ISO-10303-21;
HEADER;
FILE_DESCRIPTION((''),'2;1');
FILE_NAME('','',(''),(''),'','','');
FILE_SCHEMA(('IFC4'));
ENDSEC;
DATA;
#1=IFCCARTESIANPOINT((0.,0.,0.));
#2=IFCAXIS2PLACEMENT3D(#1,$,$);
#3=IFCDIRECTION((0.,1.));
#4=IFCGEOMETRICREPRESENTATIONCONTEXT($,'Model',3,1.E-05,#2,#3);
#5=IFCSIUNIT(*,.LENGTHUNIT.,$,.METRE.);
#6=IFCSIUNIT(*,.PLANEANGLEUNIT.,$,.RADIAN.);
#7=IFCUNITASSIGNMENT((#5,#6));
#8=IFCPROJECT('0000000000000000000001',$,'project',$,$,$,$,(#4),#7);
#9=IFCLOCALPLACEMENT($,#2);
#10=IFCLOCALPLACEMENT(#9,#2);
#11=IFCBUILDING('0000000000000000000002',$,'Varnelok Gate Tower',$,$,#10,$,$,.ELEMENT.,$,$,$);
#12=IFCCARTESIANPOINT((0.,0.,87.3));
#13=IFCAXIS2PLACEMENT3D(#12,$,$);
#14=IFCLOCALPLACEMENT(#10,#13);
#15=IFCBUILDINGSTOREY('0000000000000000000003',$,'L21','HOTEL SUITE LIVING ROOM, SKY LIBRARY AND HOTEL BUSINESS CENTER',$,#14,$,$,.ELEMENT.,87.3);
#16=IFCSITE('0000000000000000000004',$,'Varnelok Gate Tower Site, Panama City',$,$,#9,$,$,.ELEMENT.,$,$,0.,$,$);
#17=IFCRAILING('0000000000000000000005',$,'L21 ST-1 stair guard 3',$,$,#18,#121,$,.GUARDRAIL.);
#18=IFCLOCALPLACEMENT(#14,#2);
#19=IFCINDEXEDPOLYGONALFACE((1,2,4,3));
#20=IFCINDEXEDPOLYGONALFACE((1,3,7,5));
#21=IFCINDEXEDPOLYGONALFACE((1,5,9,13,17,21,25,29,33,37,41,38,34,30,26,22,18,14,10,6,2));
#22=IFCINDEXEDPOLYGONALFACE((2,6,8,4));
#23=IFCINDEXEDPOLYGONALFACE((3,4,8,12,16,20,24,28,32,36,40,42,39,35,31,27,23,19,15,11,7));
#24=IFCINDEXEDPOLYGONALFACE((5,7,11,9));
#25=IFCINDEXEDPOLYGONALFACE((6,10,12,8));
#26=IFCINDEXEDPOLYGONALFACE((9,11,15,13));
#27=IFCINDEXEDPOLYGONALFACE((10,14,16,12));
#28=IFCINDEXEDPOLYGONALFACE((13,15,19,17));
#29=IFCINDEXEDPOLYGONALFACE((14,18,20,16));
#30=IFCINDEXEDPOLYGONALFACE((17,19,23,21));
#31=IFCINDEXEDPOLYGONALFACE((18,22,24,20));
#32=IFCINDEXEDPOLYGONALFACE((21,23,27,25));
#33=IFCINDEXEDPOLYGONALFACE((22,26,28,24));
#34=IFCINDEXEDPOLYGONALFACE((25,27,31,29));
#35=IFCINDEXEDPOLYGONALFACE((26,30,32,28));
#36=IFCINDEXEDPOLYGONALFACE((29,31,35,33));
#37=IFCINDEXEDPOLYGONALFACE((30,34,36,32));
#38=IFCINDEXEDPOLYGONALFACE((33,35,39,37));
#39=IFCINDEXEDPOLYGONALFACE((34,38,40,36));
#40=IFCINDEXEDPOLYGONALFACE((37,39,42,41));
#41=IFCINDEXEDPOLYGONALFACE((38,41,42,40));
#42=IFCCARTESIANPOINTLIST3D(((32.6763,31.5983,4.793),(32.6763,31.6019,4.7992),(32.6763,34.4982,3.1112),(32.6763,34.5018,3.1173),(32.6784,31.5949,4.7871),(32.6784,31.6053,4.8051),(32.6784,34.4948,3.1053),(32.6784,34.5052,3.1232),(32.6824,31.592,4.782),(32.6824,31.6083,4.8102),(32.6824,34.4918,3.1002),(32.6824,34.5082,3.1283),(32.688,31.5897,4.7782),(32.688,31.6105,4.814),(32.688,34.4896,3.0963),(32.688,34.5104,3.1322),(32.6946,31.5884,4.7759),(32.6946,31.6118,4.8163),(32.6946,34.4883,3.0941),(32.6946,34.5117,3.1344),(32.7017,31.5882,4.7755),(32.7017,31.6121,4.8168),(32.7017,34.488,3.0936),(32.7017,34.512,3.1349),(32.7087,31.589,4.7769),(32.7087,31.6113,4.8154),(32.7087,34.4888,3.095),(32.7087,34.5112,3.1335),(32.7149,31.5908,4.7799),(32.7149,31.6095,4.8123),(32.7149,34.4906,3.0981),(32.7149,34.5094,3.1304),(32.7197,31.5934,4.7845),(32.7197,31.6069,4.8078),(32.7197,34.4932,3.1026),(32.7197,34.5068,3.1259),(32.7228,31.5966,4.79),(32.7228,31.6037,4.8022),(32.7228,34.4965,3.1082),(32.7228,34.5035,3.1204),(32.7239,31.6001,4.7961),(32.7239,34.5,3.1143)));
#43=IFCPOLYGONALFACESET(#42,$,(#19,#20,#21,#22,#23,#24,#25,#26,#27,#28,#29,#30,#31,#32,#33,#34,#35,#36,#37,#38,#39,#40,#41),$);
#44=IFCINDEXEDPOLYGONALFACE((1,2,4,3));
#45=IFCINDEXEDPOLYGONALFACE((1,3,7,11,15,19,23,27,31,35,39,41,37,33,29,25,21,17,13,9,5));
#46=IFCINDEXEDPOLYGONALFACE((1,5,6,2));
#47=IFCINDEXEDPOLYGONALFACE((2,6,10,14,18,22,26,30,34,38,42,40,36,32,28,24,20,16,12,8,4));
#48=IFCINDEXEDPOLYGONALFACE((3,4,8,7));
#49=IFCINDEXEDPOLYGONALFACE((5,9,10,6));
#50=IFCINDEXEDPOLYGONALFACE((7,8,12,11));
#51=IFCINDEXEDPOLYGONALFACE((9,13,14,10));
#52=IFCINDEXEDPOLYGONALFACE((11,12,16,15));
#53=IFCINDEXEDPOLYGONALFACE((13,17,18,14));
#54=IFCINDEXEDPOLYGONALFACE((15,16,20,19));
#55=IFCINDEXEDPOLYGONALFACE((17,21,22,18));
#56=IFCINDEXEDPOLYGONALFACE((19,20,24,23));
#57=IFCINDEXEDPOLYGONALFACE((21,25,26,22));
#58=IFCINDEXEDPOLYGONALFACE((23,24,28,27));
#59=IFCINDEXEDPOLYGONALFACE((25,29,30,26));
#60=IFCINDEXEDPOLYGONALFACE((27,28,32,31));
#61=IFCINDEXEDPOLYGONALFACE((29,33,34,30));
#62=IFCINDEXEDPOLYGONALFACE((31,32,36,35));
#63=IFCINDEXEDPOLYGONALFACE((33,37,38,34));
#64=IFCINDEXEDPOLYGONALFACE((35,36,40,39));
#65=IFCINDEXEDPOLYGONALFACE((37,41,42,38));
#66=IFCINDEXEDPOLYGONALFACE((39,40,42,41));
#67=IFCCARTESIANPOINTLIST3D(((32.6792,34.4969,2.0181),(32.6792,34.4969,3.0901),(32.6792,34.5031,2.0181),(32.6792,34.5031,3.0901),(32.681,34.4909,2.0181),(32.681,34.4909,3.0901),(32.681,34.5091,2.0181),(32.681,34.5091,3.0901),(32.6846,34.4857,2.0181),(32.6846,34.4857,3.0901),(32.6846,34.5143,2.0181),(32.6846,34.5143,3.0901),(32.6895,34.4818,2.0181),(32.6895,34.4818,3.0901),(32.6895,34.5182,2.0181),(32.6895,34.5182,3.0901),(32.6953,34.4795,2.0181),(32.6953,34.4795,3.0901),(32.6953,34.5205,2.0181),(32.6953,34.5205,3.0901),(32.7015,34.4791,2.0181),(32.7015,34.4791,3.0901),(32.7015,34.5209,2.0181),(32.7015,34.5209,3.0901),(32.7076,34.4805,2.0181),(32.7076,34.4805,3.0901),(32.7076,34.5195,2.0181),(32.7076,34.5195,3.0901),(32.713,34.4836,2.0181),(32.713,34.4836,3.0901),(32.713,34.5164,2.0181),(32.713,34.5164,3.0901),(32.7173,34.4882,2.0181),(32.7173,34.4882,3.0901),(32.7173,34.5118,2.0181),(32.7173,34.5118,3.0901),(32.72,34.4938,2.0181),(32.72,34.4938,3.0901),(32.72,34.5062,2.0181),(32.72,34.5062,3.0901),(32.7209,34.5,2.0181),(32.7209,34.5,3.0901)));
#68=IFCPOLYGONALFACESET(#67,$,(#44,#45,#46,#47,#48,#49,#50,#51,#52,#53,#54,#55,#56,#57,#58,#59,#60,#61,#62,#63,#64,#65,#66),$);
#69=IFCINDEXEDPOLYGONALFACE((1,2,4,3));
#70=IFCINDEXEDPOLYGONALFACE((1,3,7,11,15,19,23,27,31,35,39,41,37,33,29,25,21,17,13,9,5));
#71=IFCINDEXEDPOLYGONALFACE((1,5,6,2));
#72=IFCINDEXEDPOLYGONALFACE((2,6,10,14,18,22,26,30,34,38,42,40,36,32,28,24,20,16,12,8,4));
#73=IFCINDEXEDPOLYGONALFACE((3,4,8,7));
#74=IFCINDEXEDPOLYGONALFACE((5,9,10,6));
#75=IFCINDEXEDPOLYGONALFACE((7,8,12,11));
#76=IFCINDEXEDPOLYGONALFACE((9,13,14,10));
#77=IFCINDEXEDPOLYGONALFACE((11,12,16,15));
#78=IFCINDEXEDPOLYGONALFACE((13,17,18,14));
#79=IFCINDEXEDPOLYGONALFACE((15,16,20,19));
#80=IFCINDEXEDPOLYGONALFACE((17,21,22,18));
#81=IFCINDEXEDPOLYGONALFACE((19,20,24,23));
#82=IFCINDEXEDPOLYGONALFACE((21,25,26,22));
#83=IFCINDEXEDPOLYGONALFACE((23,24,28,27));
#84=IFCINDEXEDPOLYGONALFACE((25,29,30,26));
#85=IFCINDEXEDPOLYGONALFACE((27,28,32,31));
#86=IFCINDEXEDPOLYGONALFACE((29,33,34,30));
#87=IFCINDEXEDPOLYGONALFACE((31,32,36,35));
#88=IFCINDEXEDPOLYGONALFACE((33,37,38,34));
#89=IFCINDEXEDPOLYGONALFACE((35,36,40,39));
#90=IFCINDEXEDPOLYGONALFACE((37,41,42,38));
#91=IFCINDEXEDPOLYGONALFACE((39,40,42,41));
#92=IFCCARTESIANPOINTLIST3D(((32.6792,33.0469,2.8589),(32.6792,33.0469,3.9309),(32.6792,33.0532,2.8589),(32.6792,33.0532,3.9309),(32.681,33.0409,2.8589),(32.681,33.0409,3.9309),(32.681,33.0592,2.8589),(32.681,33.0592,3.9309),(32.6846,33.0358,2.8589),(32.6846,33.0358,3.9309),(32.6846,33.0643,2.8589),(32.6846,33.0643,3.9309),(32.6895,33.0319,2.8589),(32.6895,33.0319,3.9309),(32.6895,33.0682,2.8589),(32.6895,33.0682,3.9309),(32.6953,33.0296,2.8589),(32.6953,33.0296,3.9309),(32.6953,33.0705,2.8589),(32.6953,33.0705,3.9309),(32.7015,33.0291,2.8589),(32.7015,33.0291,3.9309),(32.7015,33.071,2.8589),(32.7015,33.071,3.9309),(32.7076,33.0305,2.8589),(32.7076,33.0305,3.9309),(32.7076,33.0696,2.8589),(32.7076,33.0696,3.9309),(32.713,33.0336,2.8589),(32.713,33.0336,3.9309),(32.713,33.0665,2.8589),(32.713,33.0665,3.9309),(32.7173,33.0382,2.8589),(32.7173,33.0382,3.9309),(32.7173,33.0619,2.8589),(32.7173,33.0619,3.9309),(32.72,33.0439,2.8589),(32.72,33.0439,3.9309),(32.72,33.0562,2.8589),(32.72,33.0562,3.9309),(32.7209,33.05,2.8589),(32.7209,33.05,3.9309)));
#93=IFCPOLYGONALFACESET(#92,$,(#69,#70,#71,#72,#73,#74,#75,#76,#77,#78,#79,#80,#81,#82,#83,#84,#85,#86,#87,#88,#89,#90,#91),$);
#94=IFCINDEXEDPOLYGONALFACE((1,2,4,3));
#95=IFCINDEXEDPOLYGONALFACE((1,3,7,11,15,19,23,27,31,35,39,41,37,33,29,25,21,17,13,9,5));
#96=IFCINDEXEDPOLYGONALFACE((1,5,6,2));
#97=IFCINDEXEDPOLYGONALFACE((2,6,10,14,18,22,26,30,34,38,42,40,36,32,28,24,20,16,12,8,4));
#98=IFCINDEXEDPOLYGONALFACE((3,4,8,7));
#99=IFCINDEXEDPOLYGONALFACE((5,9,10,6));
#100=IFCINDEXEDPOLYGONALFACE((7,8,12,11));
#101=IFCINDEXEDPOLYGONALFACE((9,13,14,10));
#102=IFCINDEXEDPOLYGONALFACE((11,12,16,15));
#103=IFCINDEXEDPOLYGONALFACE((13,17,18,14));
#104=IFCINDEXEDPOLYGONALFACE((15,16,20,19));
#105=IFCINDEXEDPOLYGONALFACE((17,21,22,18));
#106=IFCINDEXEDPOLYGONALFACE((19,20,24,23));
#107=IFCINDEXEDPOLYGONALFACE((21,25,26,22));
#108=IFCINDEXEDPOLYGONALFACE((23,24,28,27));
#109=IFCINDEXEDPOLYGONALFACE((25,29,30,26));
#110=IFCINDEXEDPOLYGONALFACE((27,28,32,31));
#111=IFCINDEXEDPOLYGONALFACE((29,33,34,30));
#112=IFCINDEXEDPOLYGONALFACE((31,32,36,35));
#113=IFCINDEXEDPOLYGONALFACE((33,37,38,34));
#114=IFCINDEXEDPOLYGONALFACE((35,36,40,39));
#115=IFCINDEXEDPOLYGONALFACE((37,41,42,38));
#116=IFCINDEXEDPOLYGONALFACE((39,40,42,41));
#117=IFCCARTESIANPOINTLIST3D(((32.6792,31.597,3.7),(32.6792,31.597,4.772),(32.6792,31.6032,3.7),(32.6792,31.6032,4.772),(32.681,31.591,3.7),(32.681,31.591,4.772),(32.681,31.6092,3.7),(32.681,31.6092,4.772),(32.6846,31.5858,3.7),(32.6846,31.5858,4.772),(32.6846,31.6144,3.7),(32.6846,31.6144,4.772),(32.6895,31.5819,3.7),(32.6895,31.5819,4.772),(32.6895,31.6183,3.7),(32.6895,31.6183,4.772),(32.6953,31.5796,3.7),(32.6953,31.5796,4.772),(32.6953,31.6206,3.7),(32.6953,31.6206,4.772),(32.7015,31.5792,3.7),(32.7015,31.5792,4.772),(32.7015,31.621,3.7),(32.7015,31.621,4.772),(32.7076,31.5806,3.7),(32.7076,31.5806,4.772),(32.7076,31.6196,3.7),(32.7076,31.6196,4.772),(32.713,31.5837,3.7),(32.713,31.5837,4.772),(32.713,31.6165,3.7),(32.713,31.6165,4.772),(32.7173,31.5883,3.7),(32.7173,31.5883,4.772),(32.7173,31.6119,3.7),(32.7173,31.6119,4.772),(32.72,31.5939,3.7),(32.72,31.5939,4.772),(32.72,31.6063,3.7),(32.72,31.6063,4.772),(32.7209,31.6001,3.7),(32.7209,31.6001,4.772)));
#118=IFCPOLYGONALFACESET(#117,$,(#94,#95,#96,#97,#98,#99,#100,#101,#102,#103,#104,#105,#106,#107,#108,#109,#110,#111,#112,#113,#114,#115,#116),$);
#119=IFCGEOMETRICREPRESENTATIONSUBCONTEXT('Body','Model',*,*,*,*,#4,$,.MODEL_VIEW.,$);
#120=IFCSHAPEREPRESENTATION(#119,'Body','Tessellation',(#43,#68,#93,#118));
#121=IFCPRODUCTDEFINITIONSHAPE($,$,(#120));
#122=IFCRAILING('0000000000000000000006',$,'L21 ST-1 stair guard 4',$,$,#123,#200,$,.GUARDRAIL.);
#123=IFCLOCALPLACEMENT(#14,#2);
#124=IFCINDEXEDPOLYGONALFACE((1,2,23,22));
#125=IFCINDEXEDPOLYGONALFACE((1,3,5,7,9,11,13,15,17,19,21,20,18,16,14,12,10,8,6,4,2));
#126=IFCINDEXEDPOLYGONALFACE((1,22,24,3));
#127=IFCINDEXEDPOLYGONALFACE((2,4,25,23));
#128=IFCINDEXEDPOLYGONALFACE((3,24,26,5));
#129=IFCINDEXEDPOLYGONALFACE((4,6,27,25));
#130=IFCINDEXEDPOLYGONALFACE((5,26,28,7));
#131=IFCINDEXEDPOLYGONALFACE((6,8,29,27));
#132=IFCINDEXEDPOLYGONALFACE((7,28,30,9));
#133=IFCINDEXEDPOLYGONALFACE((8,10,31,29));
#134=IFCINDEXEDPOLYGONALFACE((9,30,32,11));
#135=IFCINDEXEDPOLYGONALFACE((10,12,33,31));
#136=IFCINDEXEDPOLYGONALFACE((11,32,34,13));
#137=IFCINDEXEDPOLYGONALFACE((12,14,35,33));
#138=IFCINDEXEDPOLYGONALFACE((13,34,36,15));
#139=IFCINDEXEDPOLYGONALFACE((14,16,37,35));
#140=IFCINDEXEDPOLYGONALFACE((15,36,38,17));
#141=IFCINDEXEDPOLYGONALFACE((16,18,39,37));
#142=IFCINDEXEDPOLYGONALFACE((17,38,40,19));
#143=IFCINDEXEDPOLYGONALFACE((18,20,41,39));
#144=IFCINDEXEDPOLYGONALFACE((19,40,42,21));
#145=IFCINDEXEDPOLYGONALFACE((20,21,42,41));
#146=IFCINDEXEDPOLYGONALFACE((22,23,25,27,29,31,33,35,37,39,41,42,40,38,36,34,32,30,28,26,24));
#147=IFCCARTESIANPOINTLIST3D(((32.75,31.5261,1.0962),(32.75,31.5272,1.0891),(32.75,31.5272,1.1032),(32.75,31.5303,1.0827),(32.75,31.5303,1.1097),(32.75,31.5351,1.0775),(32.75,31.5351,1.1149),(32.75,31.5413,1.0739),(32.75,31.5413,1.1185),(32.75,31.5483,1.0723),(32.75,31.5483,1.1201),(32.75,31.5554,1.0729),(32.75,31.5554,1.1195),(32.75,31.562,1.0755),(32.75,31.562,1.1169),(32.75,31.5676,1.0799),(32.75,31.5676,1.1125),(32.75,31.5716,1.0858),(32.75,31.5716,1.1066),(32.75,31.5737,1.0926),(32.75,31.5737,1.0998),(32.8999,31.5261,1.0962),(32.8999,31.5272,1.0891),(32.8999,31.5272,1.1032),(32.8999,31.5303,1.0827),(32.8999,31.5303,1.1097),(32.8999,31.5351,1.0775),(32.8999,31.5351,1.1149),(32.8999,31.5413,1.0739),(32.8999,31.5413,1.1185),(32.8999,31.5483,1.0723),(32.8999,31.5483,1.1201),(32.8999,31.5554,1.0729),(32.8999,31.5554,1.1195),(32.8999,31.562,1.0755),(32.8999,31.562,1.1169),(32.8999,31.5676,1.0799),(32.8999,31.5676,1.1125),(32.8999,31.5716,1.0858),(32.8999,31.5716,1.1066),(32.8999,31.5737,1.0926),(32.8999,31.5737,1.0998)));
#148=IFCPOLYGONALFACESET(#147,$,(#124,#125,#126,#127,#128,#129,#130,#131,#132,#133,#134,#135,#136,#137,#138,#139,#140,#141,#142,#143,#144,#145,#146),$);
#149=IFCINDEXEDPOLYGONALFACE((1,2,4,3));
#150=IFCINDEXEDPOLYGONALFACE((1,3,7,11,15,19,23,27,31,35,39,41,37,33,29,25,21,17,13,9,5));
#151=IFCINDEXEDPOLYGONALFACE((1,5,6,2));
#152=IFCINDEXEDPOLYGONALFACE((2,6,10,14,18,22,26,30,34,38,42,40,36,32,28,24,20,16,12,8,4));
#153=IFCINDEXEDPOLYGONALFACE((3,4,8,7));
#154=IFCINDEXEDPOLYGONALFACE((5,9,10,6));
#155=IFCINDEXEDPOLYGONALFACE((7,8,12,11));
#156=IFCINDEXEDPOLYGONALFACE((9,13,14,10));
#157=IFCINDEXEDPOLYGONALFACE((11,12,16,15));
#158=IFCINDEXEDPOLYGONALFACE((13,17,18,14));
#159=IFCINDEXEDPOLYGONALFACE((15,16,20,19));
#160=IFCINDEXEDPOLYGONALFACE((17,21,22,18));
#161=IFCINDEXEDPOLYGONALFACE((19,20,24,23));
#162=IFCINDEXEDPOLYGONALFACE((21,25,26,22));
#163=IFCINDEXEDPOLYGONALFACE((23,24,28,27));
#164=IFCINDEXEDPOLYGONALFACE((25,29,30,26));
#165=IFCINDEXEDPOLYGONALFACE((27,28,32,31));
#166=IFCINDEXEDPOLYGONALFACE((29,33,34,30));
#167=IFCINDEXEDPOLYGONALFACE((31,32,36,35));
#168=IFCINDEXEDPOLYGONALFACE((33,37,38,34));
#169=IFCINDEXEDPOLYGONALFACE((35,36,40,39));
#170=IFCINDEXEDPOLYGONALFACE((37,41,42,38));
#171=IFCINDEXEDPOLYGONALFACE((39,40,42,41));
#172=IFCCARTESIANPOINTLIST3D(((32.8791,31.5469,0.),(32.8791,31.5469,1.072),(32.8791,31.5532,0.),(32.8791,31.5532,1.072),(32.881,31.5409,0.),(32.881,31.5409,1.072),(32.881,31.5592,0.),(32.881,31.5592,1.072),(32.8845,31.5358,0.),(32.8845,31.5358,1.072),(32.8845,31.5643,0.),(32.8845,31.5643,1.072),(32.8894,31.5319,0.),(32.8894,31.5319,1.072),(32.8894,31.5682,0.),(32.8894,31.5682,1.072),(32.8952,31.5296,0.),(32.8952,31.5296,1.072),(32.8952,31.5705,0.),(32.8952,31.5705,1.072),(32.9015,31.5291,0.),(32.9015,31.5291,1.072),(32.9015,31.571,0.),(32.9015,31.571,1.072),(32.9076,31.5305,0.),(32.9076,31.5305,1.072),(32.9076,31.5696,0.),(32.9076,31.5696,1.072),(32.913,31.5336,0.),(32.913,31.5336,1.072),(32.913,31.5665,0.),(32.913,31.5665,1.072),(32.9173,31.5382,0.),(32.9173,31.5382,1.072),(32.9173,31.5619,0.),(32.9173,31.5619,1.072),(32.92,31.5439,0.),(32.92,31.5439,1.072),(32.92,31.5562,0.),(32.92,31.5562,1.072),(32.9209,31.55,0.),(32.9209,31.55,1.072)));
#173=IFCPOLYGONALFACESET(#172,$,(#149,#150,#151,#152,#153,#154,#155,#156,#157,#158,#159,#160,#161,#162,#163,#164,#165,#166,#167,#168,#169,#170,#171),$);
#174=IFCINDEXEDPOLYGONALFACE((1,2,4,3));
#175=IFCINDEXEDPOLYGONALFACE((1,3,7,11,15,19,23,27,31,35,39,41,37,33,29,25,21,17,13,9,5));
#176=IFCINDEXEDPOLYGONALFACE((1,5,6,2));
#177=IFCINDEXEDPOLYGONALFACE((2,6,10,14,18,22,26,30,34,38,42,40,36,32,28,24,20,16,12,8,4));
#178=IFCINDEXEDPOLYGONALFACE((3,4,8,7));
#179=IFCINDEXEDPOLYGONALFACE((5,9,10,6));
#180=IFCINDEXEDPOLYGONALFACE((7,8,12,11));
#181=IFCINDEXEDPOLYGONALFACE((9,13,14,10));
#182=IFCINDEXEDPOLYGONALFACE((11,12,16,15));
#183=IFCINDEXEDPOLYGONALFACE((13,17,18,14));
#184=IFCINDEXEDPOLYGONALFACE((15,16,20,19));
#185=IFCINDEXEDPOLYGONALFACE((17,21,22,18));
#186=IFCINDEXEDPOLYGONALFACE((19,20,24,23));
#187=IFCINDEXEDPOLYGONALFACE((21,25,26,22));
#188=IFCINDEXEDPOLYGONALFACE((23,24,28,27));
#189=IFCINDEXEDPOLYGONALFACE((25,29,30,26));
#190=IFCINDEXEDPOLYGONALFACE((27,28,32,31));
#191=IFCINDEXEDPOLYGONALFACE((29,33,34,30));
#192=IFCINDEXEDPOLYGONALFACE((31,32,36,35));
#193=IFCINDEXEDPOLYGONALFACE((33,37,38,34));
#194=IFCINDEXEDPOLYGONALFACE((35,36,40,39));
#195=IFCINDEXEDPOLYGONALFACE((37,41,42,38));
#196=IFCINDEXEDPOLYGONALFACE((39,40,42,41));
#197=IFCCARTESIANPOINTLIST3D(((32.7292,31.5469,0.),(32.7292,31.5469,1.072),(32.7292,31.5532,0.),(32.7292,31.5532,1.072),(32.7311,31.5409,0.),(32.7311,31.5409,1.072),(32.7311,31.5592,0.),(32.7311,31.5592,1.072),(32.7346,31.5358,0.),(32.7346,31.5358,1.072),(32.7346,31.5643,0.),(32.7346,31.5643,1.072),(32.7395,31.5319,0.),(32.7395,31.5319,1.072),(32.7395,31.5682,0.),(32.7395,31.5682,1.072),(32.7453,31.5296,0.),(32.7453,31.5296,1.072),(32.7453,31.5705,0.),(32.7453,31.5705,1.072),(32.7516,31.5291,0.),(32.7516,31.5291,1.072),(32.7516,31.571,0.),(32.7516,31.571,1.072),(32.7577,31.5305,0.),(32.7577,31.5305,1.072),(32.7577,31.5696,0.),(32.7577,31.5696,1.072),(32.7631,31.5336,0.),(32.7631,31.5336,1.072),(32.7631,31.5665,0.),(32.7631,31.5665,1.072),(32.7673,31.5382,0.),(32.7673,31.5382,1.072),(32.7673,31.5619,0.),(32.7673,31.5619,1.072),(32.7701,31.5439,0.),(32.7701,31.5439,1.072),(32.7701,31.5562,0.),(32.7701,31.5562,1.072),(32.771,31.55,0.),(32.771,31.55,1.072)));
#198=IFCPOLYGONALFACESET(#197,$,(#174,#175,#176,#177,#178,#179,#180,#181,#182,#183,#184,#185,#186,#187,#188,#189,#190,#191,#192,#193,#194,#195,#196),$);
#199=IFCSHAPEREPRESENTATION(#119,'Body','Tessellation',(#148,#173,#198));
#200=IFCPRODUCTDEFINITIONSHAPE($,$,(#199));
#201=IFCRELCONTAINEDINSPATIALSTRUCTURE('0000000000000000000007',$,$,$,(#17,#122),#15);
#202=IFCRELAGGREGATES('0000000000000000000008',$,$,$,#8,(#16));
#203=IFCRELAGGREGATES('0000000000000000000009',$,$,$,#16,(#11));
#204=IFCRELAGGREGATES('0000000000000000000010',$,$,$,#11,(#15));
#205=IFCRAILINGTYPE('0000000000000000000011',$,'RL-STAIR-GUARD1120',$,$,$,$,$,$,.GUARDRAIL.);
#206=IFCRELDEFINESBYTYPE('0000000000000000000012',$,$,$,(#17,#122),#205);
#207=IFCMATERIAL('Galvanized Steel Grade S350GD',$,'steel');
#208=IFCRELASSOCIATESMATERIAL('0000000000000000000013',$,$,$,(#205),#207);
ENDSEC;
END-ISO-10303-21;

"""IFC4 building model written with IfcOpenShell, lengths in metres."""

from ifc_helpers import new_model, si_unit, direction, frame, origin, origin_2d, place, context, subcontext, project, spatial, circle, extrude, material, type_object, element, save


model = new_model("IFC4")

# Units and contexts
model_context = context("Model", 3, precision=1e-05, world=origin(), true_north=direction((0.0, 1.0)))
body_context = subcontext(model_context, "Body", "Model", "MODEL_VIEW")
ifc_project = project(units=[si_unit("LENGTHUNIT", "METRE"), si_unit("PLANEANGLEUNIT", "RADIAN")], contexts=[model_context])

# Site, building, storey
site_placement = place(None, origin())
site = spatial("IfcSite", under=ifc_project, at=site_placement, Name="Varnelok Gate Tower Site, Panama City", CompositionType="ELEMENT", RefElevation=0.0)
building_placement = place(site_placement, origin())
building = spatial("IfcBuilding", under=site, at=building_placement, Name="Varnelok Gate Tower", CompositionType="ELEMENT")
storey_placement = place(building_placement, frame((0.0, 0.0, 87.3)))
storey = spatial("IfcBuildingStorey", under=building, at=storey_placement, Name="L21", Description="HOTEL SUITE LIVING ROOM, SKY LIBRARY AND HOTEL BUSINESS CENTER", CompositionType="ELEMENT", Elevation=87.3)

# Shared definitions
ifc_material_1 = material(Name="Galvanized Steel Grade S350GD", Category="steel")

# Railings
railing_type_1 = type_object("IfcRailingType", Name="RL-STAIR-GUARD1120", PredefinedType="GUARDRAIL", material=ifc_material_1)
railing_1_placement = place(storey_placement, frame((32.7, 34.5, 2.0181)))
element("IfcRailing", 1, at=railing_1_placement, inside=storey, type_object=railing_type_1, Name="L21 ST-1 stair guard 3", PredefinedType="GUARDRAIL", context=body_context, shape_type="SweptSolid", body=[
    extrude(circle(Radius=0.0239, at=origin_2d()), frame((0.0, 0.0, 1.0962), z_axis=(0.0, -0.865039, 0.501705), x_axis=(1.0, 0.0, 0.0)), (0.0, 0.0, 1.0), 3.3523),
    extrude(circle(Radius=0.021, at=origin_2d()), origin(), (0.0, 0.0, 1.0), 1.072),
    extrude(circle(Radius=0.021, at=origin_2d()), frame((0.0, -1.45, 0.8408)), (0.0, 0.0, 1.0), 1.072),
    extrude(circle(Radius=0.021, at=origin_2d()), frame((0.0, -2.8999, 1.6819)), (0.0, 0.0, 1.0), 1.072),
])
railing_2_placement = place(storey_placement, frame((32.8999, 31.55, 0.0)))
element("IfcRailing", 2, at=railing_2_placement, inside=storey, type_object=railing_type_1, Name="L21 ST-1 stair guard 4", PredefinedType="GUARDRAIL", context=body_context, shape_type="SweptSolid", body=[
    extrude(circle(Radius=0.0239, at=origin_2d()), frame((0.0, 0.0, 1.0962), z_axis=(-1.0, 0.0, 0.0), x_axis=(0.0, -1.0, 0.0)), (0.0, 0.0, 1.0), 0.1499),
    extrude(circle(Radius=0.021, at=origin_2d()), origin(), (0.0, 0.0, 1.0), 1.072),
    extrude(circle(Radius=0.021, at=origin_2d()), frame((-0.1499, 0.0, 0.0)), (0.0, 0.0, 1.0), 1.072),
])

save(model, "model.ifc")
